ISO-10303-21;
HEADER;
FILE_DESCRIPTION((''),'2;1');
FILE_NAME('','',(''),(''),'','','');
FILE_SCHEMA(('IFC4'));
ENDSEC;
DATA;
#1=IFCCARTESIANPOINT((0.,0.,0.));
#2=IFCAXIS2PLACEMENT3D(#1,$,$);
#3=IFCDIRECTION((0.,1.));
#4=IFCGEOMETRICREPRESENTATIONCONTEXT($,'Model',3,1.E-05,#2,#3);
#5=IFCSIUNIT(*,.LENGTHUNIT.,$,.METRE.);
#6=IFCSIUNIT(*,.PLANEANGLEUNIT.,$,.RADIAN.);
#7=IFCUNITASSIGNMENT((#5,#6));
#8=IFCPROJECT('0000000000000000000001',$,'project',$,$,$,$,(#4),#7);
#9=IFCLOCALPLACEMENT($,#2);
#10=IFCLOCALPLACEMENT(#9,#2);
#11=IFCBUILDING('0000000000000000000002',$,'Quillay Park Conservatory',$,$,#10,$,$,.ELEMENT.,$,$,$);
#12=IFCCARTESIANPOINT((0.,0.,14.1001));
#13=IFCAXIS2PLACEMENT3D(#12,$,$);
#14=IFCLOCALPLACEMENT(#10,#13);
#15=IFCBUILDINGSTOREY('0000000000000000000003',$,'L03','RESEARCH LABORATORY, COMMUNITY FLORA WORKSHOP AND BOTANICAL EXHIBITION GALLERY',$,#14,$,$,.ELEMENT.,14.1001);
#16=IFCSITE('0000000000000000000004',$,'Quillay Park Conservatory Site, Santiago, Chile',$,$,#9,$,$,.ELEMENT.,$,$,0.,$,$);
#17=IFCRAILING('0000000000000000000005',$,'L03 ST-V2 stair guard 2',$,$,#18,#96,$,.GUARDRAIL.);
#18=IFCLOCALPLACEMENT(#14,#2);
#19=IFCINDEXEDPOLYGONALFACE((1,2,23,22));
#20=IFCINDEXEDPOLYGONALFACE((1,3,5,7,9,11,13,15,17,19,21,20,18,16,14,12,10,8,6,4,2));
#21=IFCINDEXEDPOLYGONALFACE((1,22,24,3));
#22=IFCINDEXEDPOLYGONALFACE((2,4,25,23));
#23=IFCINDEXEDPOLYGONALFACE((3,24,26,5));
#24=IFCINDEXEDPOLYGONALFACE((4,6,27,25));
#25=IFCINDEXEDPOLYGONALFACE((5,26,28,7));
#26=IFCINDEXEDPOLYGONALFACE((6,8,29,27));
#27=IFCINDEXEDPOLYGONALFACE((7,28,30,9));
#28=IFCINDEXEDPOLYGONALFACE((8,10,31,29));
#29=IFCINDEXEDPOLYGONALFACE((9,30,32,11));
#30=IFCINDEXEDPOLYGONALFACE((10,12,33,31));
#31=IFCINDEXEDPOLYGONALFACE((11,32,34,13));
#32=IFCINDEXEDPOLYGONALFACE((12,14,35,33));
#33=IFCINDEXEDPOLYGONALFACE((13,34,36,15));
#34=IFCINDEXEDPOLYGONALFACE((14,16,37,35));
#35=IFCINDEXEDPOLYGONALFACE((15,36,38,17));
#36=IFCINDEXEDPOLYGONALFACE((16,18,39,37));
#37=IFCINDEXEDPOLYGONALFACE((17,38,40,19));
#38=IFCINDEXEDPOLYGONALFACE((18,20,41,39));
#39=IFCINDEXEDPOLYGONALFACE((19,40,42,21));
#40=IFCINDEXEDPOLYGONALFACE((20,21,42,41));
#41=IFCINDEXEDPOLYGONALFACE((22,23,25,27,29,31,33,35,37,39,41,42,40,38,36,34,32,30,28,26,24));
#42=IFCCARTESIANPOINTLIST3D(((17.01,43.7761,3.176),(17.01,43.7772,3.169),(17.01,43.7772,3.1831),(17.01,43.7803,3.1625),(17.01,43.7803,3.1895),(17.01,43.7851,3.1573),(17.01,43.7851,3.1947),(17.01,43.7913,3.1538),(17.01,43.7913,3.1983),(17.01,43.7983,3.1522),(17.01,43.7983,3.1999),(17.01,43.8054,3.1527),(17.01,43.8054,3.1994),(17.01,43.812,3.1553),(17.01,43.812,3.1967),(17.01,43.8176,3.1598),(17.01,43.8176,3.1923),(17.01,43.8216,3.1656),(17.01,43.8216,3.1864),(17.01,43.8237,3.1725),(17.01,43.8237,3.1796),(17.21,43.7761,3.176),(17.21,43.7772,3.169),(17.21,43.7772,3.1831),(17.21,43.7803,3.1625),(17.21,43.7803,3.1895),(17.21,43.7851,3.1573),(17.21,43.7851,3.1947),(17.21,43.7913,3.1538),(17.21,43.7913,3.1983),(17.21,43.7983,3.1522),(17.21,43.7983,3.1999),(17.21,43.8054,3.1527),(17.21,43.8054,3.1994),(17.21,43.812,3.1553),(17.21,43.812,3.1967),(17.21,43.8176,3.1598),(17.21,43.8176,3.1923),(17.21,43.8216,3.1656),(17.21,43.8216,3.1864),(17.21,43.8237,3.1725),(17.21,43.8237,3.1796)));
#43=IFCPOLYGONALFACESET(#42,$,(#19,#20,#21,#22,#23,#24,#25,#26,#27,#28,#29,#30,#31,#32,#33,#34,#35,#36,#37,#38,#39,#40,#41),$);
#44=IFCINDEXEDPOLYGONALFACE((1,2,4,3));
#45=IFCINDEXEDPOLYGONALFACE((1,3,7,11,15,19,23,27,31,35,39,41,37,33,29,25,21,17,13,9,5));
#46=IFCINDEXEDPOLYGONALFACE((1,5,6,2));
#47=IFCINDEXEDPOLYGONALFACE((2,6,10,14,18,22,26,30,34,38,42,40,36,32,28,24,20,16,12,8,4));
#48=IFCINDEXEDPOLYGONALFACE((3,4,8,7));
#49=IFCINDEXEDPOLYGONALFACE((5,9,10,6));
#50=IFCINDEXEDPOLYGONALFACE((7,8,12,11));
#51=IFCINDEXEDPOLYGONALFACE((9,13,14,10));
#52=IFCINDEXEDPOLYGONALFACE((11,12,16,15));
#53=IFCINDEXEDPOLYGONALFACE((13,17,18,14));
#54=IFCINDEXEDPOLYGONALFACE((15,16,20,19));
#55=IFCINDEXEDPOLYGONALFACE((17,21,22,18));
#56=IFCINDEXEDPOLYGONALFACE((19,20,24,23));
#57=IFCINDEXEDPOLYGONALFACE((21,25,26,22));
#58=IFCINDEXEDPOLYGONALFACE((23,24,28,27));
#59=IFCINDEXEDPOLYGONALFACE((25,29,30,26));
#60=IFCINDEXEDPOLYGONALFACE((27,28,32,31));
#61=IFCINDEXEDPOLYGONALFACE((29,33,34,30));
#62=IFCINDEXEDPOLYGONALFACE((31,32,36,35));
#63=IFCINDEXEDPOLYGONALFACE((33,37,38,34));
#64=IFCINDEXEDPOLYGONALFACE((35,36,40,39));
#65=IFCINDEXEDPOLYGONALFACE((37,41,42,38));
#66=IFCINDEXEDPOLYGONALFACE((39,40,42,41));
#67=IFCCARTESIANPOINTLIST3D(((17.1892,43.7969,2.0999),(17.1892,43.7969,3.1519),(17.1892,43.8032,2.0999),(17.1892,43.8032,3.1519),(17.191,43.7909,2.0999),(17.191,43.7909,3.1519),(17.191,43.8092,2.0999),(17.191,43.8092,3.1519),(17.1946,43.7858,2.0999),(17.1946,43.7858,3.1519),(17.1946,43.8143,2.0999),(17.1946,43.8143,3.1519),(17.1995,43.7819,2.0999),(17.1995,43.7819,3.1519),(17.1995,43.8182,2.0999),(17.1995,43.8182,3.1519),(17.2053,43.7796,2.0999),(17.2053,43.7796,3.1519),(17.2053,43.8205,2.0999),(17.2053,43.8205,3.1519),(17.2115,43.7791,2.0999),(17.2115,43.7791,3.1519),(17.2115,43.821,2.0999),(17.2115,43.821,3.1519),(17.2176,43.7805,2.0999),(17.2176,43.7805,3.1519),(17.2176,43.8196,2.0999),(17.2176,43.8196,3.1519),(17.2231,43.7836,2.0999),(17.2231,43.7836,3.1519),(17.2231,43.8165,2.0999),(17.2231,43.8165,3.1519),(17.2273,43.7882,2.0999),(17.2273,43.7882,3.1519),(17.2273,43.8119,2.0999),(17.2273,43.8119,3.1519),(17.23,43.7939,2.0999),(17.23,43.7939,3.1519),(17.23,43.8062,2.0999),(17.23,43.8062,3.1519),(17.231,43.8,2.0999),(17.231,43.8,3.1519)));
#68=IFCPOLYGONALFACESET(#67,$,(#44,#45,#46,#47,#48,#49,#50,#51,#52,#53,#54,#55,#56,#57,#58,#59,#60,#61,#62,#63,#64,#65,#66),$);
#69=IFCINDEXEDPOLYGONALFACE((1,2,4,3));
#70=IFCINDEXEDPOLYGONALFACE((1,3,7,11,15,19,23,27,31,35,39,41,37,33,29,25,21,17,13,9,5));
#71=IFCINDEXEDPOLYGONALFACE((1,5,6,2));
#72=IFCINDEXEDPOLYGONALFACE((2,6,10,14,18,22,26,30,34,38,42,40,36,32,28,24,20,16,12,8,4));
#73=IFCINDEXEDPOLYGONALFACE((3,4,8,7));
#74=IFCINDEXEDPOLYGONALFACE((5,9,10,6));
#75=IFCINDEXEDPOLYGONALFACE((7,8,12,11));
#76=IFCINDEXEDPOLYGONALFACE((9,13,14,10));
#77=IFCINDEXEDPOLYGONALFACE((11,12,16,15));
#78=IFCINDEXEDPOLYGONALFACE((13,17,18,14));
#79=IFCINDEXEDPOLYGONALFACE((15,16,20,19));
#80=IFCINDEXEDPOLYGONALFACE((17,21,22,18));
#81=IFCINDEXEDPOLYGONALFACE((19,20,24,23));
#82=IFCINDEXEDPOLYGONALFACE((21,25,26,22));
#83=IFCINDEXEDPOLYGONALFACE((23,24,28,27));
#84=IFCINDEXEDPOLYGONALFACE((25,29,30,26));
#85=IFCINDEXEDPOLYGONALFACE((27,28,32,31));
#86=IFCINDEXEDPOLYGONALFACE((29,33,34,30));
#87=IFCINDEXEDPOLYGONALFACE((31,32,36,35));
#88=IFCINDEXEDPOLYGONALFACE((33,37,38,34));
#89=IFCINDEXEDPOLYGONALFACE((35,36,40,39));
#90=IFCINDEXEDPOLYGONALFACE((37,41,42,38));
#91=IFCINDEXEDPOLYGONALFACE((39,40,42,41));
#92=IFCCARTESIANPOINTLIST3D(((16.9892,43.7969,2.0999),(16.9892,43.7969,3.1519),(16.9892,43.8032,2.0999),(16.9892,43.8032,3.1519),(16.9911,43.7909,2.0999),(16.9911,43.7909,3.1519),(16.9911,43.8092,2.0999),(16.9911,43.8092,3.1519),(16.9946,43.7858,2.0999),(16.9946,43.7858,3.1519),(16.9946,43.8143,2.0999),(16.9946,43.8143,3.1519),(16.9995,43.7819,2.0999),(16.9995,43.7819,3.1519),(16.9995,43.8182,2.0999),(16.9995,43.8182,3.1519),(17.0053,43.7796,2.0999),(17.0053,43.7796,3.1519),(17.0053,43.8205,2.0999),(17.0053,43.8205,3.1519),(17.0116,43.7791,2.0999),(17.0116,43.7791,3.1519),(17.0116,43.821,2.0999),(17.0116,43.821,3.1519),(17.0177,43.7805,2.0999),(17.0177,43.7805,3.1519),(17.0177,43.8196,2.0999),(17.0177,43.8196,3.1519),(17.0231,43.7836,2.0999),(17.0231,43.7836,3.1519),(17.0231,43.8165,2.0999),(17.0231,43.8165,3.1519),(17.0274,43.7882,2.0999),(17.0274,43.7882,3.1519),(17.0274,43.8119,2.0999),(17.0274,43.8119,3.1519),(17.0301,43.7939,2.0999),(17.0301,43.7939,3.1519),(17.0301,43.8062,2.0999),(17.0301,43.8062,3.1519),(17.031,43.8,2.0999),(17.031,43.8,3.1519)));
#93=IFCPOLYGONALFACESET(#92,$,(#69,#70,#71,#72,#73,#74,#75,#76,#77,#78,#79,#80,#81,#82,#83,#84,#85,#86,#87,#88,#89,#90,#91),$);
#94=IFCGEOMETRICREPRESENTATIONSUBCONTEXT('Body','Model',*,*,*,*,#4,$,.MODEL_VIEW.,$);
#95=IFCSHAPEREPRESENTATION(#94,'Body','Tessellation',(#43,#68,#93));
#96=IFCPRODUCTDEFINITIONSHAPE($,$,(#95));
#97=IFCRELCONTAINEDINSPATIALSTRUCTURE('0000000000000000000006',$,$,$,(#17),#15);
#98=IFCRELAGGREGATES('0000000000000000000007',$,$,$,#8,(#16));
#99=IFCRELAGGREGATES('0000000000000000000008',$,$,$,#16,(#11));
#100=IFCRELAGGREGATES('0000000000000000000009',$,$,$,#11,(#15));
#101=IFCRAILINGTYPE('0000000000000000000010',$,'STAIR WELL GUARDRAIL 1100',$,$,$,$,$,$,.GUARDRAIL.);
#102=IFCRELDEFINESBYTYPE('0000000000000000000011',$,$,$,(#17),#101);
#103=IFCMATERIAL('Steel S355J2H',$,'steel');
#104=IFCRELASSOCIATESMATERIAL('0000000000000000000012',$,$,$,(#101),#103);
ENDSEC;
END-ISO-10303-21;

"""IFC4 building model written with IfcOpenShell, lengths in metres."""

from ifc_helpers import new_model, si_unit, direction, frame, origin, origin_2d, place, context, subcontext, project, spatial, circle, extrude, material, type_object, element, save


model = new_model("IFC4")

# Units and contexts
model_context = context("Model", 3, precision=1e-05, world=origin(), true_north=direction((0.0, 1.0)))
body_context = subcontext(model_context, "Body", "Model", "MODEL_VIEW")
ifc_project = project(units=[si_unit("LENGTHUNIT", "METRE"), si_unit("PLANEANGLEUNIT", "RADIAN")], contexts=[model_context])

# Site, building, storey
site_placement = place(None, origin())
site = spatial("IfcSite", under=ifc_project, at=site_placement, Name="Quillay Park Conservatory Site, Santiago, Chile", CompositionType="ELEMENT", RefElevation=0.0)
building_placement = place(site_placement, origin())
building = spatial("IfcBuilding", under=site, at=building_placement, Name="Quillay Park Conservatory", CompositionType="ELEMENT")
storey_placement = place(building_placement, frame((0.0, 0.0, 14.1001)))
storey = spatial("IfcBuildingStorey", under=building, at=storey_placement, Name="L03", Description="RESEARCH LABORATORY, COMMUNITY FLORA WORKSHOP AND BOTANICAL EXHIBITION GALLERY", CompositionType="ELEMENT", Elevation=14.1001)

# Railing
ifc_material_1 = material(Name="Steel S355J2H", Category="steel")
railing_type_1 = type_object("IfcRailingType", Name="STAIR WELL GUARDRAIL 1100", PredefinedType="GUARDRAIL", material=ifc_material_1)
railing_1_placement = place(storey_placement, frame((17.21, 43.8, 2.0999)))
element("IfcRailing", 1, at=railing_1_placement, inside=storey, type_object=railing_type_1, Name="L03 ST-V2 stair guard 2", PredefinedType="GUARDRAIL", context=body_context, shape_type="SweptSolid", body=[
    extrude(circle(Radius=0.0239, at=origin_2d()), frame((0.0, 0.0, 1.0762), z_axis=(-1.0, 0.0, 0.0), x_axis=(0.0, -1.0, 0.0)), (0.0, 0.0, 1.0), 0.2),
    extrude(circle(Radius=0.021, at=origin_2d()), origin(), (0.0, 0.0, 1.0), 1.052),
    extrude(circle(Radius=0.021, at=origin_2d()), frame((-0.2, 0.0, 0.0)), (0.0, 0.0, 1.0), 1.052),
])

save(model, "model.ifc")
